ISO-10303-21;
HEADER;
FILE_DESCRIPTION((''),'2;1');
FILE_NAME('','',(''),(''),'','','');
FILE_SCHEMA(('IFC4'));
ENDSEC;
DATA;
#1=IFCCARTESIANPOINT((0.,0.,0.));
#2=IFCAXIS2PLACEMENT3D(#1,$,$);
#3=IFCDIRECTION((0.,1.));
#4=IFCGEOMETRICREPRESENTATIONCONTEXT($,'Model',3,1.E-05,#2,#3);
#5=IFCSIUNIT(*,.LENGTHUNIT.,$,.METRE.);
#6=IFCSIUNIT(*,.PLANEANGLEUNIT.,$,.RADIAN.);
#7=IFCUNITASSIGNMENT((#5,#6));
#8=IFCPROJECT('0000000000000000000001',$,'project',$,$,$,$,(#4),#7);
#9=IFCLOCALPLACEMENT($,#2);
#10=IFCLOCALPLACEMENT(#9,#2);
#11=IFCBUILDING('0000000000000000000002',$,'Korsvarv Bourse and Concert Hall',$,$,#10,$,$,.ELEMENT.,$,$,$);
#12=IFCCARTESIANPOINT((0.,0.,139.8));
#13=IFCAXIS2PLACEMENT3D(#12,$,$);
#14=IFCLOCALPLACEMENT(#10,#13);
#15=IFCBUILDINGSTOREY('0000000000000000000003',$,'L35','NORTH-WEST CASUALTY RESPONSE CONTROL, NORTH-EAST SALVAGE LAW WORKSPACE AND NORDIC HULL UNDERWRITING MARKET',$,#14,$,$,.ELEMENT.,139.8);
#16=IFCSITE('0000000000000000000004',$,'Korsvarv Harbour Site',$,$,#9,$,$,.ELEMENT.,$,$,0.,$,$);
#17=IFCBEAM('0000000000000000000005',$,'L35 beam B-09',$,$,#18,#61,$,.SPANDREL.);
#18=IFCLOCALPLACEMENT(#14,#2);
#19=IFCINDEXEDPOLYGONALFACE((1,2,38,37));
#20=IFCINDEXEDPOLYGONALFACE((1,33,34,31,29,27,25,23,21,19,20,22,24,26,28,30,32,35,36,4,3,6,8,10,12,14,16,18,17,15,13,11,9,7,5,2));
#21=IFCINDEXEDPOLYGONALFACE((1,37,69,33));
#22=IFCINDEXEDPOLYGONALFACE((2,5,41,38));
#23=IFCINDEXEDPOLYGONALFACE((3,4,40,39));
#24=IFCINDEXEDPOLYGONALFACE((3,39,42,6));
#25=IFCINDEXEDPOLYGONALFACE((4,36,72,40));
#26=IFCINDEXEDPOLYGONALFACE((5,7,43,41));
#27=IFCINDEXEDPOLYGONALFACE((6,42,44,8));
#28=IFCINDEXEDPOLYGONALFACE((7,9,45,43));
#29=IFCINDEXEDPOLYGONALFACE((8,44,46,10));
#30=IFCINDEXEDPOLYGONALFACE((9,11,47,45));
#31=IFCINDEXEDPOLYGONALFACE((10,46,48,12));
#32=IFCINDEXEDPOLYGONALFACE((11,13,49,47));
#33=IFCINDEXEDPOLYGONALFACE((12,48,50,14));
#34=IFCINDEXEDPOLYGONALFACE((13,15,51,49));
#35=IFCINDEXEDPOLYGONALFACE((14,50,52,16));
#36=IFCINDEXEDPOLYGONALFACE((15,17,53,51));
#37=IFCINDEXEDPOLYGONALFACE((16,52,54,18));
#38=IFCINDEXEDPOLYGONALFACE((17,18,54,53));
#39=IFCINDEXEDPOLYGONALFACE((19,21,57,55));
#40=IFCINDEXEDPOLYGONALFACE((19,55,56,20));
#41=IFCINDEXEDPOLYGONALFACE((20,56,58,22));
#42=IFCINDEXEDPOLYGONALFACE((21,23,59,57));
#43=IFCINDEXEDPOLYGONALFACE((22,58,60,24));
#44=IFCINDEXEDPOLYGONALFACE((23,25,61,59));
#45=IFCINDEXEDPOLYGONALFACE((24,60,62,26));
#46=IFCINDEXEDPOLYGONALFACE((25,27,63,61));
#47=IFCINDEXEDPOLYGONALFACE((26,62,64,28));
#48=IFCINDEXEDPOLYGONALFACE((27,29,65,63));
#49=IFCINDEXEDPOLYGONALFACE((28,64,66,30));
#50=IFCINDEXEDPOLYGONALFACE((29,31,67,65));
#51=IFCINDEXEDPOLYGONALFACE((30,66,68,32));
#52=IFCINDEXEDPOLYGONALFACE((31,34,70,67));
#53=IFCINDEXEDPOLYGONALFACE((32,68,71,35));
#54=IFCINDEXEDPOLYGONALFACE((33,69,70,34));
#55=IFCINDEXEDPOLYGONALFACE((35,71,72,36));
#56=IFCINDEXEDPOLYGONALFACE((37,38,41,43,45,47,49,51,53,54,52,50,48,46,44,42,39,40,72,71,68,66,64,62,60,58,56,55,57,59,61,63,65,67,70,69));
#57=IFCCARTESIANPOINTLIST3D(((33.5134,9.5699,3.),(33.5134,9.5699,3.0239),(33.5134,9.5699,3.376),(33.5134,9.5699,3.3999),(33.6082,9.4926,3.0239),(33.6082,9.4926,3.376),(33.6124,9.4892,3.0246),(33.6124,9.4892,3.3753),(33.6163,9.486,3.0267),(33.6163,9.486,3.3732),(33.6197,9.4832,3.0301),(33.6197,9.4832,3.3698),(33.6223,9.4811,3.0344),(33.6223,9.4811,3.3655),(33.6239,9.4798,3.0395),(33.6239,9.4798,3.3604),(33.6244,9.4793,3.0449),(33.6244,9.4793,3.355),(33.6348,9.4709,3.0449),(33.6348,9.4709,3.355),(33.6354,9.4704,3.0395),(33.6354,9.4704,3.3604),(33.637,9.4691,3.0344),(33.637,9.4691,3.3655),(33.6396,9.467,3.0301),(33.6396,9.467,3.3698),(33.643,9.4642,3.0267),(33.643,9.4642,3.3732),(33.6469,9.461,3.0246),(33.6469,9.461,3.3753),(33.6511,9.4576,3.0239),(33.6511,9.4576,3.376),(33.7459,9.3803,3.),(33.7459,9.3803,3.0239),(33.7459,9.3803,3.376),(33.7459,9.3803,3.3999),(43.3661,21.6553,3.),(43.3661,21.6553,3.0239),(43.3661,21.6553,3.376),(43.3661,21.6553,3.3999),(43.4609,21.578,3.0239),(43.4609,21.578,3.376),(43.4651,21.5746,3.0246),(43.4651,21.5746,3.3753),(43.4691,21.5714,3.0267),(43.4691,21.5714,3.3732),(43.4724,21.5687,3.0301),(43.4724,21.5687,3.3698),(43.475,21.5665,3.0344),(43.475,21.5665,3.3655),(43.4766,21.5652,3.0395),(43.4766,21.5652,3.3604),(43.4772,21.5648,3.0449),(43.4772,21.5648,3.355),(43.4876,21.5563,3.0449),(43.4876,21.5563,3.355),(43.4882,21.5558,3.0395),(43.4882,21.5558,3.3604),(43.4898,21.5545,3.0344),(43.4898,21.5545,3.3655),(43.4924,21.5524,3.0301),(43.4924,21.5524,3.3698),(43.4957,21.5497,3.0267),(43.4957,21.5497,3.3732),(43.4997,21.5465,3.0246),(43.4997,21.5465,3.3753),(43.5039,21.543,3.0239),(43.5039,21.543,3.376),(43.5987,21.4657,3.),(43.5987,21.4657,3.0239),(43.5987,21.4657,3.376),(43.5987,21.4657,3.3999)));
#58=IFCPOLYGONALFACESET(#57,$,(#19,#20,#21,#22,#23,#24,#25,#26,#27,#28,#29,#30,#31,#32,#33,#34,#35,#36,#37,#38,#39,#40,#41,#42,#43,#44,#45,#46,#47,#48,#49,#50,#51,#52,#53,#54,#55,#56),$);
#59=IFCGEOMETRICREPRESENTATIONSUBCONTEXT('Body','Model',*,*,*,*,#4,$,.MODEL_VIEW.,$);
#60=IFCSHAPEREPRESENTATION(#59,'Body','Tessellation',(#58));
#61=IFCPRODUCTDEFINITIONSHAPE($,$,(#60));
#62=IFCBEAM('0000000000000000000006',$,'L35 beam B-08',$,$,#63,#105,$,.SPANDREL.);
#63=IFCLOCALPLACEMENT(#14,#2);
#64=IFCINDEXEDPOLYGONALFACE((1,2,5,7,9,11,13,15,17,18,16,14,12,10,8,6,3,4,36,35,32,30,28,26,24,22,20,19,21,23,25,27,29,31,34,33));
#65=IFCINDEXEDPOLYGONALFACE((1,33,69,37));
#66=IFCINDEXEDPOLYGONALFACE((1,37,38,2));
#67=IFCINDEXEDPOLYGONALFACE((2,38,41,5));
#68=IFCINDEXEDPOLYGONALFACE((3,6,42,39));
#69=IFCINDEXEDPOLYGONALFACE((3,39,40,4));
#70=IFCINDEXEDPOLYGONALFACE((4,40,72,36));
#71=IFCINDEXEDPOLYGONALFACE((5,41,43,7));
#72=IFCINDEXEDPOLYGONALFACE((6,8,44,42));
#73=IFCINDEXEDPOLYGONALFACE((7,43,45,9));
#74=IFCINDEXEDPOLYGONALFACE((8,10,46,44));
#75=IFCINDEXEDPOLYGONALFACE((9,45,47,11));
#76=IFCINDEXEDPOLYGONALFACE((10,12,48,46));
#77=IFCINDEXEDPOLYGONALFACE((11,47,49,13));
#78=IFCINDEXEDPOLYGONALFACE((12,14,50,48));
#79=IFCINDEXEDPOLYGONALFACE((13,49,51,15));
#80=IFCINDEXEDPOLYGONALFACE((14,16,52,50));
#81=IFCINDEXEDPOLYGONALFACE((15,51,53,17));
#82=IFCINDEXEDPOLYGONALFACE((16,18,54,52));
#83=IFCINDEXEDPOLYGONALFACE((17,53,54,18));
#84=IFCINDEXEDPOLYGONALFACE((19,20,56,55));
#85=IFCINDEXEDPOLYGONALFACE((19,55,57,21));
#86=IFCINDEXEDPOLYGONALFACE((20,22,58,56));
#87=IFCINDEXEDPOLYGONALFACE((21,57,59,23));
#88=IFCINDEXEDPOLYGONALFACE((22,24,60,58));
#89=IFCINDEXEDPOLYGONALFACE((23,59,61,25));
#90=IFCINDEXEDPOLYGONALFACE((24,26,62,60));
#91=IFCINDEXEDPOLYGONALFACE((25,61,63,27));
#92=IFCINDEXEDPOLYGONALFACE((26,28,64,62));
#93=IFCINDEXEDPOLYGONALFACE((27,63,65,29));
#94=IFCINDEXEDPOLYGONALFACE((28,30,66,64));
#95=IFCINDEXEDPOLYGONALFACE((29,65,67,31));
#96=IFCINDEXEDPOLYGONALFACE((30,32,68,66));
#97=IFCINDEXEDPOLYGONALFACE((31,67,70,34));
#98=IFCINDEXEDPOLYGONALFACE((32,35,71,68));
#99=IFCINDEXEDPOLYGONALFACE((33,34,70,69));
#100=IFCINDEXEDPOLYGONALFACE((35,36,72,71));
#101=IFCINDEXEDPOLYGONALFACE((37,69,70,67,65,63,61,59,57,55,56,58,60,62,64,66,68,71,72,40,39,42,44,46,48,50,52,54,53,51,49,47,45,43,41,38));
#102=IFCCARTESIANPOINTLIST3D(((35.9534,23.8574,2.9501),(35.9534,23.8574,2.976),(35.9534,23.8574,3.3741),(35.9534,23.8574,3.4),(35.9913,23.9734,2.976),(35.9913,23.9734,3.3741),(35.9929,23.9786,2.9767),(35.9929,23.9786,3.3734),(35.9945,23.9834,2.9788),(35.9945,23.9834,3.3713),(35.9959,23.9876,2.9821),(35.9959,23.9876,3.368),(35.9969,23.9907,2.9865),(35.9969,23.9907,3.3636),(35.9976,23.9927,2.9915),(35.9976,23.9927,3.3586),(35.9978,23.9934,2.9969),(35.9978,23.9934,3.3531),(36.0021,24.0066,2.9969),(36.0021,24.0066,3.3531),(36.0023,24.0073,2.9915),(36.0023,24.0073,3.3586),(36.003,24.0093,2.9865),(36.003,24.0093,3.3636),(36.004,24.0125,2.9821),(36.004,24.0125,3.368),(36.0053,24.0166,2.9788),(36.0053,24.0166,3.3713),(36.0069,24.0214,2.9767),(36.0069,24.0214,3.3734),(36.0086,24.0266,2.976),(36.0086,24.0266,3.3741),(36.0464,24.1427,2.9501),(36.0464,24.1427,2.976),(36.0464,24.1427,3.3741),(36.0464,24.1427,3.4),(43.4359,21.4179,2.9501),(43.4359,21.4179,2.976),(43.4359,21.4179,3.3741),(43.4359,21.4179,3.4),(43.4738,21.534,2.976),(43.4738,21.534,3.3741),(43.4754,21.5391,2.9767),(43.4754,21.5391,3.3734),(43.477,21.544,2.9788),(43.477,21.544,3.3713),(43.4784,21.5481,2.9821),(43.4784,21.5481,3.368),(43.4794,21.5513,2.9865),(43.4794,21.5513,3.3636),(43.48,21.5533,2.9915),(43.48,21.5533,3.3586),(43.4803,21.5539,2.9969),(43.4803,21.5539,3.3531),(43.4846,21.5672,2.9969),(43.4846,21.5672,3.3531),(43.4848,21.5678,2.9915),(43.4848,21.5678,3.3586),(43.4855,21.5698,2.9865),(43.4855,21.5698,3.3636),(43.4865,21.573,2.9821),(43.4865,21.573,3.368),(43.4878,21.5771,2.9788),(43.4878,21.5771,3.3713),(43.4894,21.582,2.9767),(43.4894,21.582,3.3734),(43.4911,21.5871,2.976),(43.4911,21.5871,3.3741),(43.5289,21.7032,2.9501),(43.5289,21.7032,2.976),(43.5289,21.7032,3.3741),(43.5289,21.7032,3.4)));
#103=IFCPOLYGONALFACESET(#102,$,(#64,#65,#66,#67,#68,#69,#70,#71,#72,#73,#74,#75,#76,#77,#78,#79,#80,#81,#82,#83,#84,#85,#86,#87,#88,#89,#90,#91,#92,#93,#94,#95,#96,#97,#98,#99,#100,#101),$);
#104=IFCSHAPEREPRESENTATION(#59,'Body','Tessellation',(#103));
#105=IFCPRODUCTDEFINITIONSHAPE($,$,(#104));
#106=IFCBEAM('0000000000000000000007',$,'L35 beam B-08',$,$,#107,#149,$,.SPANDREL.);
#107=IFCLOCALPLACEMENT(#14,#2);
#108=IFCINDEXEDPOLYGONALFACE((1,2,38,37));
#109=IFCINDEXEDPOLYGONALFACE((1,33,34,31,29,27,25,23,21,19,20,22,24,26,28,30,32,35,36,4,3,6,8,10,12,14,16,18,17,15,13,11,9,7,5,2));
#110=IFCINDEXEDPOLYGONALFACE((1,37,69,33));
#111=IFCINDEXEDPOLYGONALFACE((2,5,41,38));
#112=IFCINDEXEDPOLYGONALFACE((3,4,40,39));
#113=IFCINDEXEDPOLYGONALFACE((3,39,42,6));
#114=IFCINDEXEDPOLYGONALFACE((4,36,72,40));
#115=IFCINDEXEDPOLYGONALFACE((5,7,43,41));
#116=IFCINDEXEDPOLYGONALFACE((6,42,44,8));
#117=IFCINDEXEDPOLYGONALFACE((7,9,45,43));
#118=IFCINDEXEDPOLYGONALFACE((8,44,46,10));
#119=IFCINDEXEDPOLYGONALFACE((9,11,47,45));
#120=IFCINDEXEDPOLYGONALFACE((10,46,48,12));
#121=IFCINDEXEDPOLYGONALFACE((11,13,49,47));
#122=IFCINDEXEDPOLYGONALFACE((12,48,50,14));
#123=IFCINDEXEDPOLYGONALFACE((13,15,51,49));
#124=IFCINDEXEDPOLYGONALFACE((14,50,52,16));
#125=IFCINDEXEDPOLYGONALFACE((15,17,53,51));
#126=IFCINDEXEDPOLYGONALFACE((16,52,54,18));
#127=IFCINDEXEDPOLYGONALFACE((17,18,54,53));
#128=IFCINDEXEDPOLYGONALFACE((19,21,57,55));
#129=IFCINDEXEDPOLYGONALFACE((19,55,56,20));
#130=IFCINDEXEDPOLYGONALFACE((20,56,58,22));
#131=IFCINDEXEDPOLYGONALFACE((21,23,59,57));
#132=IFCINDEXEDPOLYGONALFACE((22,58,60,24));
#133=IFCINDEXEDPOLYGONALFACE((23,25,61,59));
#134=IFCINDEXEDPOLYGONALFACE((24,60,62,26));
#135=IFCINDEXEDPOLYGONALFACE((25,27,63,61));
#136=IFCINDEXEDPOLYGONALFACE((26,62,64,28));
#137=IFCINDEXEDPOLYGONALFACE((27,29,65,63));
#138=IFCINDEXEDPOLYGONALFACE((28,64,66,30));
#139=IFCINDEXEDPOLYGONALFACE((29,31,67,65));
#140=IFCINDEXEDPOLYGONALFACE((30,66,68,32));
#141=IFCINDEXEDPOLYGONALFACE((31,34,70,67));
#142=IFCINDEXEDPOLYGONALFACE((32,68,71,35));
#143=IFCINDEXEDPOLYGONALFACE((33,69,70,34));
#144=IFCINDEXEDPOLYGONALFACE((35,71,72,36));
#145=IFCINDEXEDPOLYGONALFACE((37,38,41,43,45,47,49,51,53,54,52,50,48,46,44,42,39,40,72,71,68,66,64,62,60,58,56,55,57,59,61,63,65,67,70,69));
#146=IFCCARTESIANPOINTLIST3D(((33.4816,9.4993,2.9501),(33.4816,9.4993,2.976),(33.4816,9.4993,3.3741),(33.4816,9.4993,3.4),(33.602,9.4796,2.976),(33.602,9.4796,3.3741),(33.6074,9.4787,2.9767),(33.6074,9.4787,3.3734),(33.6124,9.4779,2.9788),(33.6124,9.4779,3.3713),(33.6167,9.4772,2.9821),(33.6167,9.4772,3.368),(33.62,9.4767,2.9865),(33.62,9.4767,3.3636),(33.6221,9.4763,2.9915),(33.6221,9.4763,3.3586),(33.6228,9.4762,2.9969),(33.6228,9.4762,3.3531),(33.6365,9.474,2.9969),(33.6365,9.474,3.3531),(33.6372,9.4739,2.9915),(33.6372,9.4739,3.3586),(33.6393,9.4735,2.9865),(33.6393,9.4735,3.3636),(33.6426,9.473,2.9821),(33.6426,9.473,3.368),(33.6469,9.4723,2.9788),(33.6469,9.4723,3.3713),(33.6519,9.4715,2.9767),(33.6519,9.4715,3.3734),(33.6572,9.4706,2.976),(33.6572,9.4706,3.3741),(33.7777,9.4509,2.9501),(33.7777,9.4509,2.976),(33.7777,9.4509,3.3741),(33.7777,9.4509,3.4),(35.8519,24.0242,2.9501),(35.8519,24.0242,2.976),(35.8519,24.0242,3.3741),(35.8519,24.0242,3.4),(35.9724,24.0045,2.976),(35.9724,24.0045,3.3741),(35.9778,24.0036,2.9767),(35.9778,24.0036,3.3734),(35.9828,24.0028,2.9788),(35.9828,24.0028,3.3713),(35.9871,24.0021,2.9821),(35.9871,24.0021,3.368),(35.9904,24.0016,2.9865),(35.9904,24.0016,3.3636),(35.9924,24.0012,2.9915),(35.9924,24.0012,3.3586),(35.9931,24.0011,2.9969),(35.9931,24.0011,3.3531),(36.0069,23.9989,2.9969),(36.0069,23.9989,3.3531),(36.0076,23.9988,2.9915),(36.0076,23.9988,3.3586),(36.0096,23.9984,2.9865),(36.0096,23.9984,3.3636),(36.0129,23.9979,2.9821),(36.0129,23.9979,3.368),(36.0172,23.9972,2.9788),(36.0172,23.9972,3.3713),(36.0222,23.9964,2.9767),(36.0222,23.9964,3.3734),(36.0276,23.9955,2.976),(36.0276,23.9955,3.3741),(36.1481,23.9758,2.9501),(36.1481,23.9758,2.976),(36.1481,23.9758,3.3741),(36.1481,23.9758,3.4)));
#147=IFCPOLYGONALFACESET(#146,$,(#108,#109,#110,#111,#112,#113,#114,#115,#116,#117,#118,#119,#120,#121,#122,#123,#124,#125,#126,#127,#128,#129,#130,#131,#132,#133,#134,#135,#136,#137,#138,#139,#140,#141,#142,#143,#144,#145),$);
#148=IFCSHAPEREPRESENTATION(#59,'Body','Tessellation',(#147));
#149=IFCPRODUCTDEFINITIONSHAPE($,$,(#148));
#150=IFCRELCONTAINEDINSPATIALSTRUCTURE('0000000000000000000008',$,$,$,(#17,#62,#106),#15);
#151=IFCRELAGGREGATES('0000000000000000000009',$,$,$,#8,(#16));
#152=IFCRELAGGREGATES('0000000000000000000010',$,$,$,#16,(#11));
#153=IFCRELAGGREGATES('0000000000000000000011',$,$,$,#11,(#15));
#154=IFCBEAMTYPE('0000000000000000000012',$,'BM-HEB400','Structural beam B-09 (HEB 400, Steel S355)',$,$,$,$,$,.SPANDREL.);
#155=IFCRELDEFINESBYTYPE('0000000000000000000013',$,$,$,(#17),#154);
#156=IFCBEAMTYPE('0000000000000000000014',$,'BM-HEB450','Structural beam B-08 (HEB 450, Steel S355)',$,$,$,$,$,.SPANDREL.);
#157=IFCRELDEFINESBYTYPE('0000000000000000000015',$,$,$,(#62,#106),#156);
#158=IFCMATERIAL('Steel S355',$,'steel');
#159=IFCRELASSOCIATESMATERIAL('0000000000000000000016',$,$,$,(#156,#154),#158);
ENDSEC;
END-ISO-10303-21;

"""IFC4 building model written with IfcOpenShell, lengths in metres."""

from ifc_helpers import new_model, si_unit, direction, frame, origin, origin_2d, place, context, subcontext, project, spatial, i_section, extrude, source, transform, mapped, material, material_profile, profile_set, type_object, element, save


model = new_model("IFC4")

# Units and contexts
model_context = context("Model", 3, precision=1e-05, world=origin(), true_north=direction((0.0, 1.0)))
body_context = subcontext(model_context, "Body", "Model", "MODEL_VIEW")
ifc_project = project(units=[si_unit("LENGTHUNIT", "METRE"), si_unit("PLANEANGLEUNIT", "RADIAN")], contexts=[model_context])

# Site, building, storey
site_placement = place(None, origin())
site = spatial("IfcSite", under=ifc_project, at=site_placement, Name="Korsvarv Harbour Site", CompositionType="ELEMENT", RefElevation=0.0)
building_placement = place(site_placement, origin())
building = spatial("IfcBuilding", under=site, at=building_placement, Name="Korsvarv Bourse and Concert Hall", CompositionType="ELEMENT")
storey_placement = place(building_placement, frame((0.0, 0.0, 139.8)))
storey = spatial("IfcBuildingStorey", under=building, at=storey_placement, Name="L35", Description="NORTH-WEST CASUALTY RESPONSE CONTROL, NORTH-EAST SALVAGE LAW WORKSPACE AND NORDIC HULL UNDERWRITING MARKET", CompositionType="ELEMENT", Elevation=139.8)

# Shared definitions
ifc_material_1 = material(Name="Steel S355", Category="steel")

# Beams
ifc_material_profile_1 = material_profile(ifc_material_1, i_section(OverallWidth=0.3, OverallDepth=0.45, WebThickness=0.0139, FlangeThickness=0.0259, FilletRadius=0.021, at=origin_2d()), Name="HEB 450")
ifc_profile_set_1 = profile_set([ifc_material_profile_1], Name="Steel S355")
beam_type_1 = type_object("IfcBeamType", Name="BM-HEB450", Description="Structural beam B-08 (HEB 450, Steel S355)", PredefinedType="SPANDREL", material=ifc_profile_set_1)
ifc_material_profile_2 = material_profile(ifc_material_1, i_section(OverallWidth=0.3, OverallDepth=0.3999, WebThickness=0.0134, FlangeThickness=0.0239, FilletRadius=0.021, at=origin_2d()), Name="HEB 400")
ifc_profile_set_2 = profile_set([ifc_material_profile_2], Name="Steel S355")
beam_type_2 = type_object("IfcBeamType", Name="BM-HEB400", Description="Structural beam B-09 (HEB 400, Steel S355)", PredefinedType="SPANDREL", material=ifc_profile_set_2)
shared_shape_1 = source(origin(), body_context, "Body", "SweptSolid", [
    extrude(i_section(OverallWidth=0.3, OverallDepth=0.3999, WebThickness=0.0134, FlangeThickness=0.0239, FilletRadius=0.021, at=origin_2d()), origin(), (0.0, 0.0, 1.0), 15.5928),
])
beam_1_placement = place(storey_placement, frame((33.6296, 9.4751, 3.2), z_axis=(0.63188, 0.775066, 0.0), x_axis=(-0.775066, 0.63188, 0.0)))
element("IfcBeam", 1, at=beam_1_placement, inside=storey, type_object=beam_type_2, Name="L35 beam B-09", PredefinedType="SPANDREL", context=body_context, shape_type="MappedRepresentation", body=[
    mapped(shared_shape_1, transform((0.0, 0.0, 0.0), scale=1.0)),
])
shared_shape_2 = source(origin(), body_context, "Body", "SweptSolid", [
    extrude(i_section(OverallWidth=0.3, OverallDepth=0.45, WebThickness=0.0139, FlangeThickness=0.0259, FilletRadius=0.021, at=origin_2d()), origin(), (0.0, 0.0, 1.0), 7.8701),
])
beam_2_placement = place(storey_placement, frame((43.4824, 21.5605, 3.175), z_axis=(-0.950747, 0.309967, 0.0), x_axis=(-0.309967, -0.950747, 0.0)))
element("IfcBeam", 2, at=beam_2_placement, inside=storey, type_object=beam_type_1, Name="L35 beam B-08", PredefinedType="SPANDREL", context=body_context, shape_type="MappedRepresentation", body=[
    mapped(shared_shape_2, transform((0.0, 0.0, 0.0), scale=1.0)),
])
shared_shape_3 = source(origin(), body_context, "Body", "SweptSolid", [
    extrude(i_section(OverallWidth=0.3, OverallDepth=0.45, WebThickness=0.0139, FlangeThickness=0.0259, FilletRadius=0.021, at=origin_2d()), origin(), (0.0, 0.0, 1.0), 14.717),
])
beam_3_placement = place(storey_placement, frame((33.6296, 9.4751, 3.175), z_axis=(0.161062, 0.986944, 0.0), x_axis=(-0.986944, 0.161062, 0.0)))
element("IfcBeam", 3, at=beam_3_placement, inside=storey, type_object=beam_type_1, Name="L35 beam B-08", PredefinedType="SPANDREL", context=body_context, shape_type="MappedRepresentation", body=[
    mapped(shared_shape_3, transform((0.0, 0.0, 0.0), scale=1.0)),
])

save(model, "model.ifc")
